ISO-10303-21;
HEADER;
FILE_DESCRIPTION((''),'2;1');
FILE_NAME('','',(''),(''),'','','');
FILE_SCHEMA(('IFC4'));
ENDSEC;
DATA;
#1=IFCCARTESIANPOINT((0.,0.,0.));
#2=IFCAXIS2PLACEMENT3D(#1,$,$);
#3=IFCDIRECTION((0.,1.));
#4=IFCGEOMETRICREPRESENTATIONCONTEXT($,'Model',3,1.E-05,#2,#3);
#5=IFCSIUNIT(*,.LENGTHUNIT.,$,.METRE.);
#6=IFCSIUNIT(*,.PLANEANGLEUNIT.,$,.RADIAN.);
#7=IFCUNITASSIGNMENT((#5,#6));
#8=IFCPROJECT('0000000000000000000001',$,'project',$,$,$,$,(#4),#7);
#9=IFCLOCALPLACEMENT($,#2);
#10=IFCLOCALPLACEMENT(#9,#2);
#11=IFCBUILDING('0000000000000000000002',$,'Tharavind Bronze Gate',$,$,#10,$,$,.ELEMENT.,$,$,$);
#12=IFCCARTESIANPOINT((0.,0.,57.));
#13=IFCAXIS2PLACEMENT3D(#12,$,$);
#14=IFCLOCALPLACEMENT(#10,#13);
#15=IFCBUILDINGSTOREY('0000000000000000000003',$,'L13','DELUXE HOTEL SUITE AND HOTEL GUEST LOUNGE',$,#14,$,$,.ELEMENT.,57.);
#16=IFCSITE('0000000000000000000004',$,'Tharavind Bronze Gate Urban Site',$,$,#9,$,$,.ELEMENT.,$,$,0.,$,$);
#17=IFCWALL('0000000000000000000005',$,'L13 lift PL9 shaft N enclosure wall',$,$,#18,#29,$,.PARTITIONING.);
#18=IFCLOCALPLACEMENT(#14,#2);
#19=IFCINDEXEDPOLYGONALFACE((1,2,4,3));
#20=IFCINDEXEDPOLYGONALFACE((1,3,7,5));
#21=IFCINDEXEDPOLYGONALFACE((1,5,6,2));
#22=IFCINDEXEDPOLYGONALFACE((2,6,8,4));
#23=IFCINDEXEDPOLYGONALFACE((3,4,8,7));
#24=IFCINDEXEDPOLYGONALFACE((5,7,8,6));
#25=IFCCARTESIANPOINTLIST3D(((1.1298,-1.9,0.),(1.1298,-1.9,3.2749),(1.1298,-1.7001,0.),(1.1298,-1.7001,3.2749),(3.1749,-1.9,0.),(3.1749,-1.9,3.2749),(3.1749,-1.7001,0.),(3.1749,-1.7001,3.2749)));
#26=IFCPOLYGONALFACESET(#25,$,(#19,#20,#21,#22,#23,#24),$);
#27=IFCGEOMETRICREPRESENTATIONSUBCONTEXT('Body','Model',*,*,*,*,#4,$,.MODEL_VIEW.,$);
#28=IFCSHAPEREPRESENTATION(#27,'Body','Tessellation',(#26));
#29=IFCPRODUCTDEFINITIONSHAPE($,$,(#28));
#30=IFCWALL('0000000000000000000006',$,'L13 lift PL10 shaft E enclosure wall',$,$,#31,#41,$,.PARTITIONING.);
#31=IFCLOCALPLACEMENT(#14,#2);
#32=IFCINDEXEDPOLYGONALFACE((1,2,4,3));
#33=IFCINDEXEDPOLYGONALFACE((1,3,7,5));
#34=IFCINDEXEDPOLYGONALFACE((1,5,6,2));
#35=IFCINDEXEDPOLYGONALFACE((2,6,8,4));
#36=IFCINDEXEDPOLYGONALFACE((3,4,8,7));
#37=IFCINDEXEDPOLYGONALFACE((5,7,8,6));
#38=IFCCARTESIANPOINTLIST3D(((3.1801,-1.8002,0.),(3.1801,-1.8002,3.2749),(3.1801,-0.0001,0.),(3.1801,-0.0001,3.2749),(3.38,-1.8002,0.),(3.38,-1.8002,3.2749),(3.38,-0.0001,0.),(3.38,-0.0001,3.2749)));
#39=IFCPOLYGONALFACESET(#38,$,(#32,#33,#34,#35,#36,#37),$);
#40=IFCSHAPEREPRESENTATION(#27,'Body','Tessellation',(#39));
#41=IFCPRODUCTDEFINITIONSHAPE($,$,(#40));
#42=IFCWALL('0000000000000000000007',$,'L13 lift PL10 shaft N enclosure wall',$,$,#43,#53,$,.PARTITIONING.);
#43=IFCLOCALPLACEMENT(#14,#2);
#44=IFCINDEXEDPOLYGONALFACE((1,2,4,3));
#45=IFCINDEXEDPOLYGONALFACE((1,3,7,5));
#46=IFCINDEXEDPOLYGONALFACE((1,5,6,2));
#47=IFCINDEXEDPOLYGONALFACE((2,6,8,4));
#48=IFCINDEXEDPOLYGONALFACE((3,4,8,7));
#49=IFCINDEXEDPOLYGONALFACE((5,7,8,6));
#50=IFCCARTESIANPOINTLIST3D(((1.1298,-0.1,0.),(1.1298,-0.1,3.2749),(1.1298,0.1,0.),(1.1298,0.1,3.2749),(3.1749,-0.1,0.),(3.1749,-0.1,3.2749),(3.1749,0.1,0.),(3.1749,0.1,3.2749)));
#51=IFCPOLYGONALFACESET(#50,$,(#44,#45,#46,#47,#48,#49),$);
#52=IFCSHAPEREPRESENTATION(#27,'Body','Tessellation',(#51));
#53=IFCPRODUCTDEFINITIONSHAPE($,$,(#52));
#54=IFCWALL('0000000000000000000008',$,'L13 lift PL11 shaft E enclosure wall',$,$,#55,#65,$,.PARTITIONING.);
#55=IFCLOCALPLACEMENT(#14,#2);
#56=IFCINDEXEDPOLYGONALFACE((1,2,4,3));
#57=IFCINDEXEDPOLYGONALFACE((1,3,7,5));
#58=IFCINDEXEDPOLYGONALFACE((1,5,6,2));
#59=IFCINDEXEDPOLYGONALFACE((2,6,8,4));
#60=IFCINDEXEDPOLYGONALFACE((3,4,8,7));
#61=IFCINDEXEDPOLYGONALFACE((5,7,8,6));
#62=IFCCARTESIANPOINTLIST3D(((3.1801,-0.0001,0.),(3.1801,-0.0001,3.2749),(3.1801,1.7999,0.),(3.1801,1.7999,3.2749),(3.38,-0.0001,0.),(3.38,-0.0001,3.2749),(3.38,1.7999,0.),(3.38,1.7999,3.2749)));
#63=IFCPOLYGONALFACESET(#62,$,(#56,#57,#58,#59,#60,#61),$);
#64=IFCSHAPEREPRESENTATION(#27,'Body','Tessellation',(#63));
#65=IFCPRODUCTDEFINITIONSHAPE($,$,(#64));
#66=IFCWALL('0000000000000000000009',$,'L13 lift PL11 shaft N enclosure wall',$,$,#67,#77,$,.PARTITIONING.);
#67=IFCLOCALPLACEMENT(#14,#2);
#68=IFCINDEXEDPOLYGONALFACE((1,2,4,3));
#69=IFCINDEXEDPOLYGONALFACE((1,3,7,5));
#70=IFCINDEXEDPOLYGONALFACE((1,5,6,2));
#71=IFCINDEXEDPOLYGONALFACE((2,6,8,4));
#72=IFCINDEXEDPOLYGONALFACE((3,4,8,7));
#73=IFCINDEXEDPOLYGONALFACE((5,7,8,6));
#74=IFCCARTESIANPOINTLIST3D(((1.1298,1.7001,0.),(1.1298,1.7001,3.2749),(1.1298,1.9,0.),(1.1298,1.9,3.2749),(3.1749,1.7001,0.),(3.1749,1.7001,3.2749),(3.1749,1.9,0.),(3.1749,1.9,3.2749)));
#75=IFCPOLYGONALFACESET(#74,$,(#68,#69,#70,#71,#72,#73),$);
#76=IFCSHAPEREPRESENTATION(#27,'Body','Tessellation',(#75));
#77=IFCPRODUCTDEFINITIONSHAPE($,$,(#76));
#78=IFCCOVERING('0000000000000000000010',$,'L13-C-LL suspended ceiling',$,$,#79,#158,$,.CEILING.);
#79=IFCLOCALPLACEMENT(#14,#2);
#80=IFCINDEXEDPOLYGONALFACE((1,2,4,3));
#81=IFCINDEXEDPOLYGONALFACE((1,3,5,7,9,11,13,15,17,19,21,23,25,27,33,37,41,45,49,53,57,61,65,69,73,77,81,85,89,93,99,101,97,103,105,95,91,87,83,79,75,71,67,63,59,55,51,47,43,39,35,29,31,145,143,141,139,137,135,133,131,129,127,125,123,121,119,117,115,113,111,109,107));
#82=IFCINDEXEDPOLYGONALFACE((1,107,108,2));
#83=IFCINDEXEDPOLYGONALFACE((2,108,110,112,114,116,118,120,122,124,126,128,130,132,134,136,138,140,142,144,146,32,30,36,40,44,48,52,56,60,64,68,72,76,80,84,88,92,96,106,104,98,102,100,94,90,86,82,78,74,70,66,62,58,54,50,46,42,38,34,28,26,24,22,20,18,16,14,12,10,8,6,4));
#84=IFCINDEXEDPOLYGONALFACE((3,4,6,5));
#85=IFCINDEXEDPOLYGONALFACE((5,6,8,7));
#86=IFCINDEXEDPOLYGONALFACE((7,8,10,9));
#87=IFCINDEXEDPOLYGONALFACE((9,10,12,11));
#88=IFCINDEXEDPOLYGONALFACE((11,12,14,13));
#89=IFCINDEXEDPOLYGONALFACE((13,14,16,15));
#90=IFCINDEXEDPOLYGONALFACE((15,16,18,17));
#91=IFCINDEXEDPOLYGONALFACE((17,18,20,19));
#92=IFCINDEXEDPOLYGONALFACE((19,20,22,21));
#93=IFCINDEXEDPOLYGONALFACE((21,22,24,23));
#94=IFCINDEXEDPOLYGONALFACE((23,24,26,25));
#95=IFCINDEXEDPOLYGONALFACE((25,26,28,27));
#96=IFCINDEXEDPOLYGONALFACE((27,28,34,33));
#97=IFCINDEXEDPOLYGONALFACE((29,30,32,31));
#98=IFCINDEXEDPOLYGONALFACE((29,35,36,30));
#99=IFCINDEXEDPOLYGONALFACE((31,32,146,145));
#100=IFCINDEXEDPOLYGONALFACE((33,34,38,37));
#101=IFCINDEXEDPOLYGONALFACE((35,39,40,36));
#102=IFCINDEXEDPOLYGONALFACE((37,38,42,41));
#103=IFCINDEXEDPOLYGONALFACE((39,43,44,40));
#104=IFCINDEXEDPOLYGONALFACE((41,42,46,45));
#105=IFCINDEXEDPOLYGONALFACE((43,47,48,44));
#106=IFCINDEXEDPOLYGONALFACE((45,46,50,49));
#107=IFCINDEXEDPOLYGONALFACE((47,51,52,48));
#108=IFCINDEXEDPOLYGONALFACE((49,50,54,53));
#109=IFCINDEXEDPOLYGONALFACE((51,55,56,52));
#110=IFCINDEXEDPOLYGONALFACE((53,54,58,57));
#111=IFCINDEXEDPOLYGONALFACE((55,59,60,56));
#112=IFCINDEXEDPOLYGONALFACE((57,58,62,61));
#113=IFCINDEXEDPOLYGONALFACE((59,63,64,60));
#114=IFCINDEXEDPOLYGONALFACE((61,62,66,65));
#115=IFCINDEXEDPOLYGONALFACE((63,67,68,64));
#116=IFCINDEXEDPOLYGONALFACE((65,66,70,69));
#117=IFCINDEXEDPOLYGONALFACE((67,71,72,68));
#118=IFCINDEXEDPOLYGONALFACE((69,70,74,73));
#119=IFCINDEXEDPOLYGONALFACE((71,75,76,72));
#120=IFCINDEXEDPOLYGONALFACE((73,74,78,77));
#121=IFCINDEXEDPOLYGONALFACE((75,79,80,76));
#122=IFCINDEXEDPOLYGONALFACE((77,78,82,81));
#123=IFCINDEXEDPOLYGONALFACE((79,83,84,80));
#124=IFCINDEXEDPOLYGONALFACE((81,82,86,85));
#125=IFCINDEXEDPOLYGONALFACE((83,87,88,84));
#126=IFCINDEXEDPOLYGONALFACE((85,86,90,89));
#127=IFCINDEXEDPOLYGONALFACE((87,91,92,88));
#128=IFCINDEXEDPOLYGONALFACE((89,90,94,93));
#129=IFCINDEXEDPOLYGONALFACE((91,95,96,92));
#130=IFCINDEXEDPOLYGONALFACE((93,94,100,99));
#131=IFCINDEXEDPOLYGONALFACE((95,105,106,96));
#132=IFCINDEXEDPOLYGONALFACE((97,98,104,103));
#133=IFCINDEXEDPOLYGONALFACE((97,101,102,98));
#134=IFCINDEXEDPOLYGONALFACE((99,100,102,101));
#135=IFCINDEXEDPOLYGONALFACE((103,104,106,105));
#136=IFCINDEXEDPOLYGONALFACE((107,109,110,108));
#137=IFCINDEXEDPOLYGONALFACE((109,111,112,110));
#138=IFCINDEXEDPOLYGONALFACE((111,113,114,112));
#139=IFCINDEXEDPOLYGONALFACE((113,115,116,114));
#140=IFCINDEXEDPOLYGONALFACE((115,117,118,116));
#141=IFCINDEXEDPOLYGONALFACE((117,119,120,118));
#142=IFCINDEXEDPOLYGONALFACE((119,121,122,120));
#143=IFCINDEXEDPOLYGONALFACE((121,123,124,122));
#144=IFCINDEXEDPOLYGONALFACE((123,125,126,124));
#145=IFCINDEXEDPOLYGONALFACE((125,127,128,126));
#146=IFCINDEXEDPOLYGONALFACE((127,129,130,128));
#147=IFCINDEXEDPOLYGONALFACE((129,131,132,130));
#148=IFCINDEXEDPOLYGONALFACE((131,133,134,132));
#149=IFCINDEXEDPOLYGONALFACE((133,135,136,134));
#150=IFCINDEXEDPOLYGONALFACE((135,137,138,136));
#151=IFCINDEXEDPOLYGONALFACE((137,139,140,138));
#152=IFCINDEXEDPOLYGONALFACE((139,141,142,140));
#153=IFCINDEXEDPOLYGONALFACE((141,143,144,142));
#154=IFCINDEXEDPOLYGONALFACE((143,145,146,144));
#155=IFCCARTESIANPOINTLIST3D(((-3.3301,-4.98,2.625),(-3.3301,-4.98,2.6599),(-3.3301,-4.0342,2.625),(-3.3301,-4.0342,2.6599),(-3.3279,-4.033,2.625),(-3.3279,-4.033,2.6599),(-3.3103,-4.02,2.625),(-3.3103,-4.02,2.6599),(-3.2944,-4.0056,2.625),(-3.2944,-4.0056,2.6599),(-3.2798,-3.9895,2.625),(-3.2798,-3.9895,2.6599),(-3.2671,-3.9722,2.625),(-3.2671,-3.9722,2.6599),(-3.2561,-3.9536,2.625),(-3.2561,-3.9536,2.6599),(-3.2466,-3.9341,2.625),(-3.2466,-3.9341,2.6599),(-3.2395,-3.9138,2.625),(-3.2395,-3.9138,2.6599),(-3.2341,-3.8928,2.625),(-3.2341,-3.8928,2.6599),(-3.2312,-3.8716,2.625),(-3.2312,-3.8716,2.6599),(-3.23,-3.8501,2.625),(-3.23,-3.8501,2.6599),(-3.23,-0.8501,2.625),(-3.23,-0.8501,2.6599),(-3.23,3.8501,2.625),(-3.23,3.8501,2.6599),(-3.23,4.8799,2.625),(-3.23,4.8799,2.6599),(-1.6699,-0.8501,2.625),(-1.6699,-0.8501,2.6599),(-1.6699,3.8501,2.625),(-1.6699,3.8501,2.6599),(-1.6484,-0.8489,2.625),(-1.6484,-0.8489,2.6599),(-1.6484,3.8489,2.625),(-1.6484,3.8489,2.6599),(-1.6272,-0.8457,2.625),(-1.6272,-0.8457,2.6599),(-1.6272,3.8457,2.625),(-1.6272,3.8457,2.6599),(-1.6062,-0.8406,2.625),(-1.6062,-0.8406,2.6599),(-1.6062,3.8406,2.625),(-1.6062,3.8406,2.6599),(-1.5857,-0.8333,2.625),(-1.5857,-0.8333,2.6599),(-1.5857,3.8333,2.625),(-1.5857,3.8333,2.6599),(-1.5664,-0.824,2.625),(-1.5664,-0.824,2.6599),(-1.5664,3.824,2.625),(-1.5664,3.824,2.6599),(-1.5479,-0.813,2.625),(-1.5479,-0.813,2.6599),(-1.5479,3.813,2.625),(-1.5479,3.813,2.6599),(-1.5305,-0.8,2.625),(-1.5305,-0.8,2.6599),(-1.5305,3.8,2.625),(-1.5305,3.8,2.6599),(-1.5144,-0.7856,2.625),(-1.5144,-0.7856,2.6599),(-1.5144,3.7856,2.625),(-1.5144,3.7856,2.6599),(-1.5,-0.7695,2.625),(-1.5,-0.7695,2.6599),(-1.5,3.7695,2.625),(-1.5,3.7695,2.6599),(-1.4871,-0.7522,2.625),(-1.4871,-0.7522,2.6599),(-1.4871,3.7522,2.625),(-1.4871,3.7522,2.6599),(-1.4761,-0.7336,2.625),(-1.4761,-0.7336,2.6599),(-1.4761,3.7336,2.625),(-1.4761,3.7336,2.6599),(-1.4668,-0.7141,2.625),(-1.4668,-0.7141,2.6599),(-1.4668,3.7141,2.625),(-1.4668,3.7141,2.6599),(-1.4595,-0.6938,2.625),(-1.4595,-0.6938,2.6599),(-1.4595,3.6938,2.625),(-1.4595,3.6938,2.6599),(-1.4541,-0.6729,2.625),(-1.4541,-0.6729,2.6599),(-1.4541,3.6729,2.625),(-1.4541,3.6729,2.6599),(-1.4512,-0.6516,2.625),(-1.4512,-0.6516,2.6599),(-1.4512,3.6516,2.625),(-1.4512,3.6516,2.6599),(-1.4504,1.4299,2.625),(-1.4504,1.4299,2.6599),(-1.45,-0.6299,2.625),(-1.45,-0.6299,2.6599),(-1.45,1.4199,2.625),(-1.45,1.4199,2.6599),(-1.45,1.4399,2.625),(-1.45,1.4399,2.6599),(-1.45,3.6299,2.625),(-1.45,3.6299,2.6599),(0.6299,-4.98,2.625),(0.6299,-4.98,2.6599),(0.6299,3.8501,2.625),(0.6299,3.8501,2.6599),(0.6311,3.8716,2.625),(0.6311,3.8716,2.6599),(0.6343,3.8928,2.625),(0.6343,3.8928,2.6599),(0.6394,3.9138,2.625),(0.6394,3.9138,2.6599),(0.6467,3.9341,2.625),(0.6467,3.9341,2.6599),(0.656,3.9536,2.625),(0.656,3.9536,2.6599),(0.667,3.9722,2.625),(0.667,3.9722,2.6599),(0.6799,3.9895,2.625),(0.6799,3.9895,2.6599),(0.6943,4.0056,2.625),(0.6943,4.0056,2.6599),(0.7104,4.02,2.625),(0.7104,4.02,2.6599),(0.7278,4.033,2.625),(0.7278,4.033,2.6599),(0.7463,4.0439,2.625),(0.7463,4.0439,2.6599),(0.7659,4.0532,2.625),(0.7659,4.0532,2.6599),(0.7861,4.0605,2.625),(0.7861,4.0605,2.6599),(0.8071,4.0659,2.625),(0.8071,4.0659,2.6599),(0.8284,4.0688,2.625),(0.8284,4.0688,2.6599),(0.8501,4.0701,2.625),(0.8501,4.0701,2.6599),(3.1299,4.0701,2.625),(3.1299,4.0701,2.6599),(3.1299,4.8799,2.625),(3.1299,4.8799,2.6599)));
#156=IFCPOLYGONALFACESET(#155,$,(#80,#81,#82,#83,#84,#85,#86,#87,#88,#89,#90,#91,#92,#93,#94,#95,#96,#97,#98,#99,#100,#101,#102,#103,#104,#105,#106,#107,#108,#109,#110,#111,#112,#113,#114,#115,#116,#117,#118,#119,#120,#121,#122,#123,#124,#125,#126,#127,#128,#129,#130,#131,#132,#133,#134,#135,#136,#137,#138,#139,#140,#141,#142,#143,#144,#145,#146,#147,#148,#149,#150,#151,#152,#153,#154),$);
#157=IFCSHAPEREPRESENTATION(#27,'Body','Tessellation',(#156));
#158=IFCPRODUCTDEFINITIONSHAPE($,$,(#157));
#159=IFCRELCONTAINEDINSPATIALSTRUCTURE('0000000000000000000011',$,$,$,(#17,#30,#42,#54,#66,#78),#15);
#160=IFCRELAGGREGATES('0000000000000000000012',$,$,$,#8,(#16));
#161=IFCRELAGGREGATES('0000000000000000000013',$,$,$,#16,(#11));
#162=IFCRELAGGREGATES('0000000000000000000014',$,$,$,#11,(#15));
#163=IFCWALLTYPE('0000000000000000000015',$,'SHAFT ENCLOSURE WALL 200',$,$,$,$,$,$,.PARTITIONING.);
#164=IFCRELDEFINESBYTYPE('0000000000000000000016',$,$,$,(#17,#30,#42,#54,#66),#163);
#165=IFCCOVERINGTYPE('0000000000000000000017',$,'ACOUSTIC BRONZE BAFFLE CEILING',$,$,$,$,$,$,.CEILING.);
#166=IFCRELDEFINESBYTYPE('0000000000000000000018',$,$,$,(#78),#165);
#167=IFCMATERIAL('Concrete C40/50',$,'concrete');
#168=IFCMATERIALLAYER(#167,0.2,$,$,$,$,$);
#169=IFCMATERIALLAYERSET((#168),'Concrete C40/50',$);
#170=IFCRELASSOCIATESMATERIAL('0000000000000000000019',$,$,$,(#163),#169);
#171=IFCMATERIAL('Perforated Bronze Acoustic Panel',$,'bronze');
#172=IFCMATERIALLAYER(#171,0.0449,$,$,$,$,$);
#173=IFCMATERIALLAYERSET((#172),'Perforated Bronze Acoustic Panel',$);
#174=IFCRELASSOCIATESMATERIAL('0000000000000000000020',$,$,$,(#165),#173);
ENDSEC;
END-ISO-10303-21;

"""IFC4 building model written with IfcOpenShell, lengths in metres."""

from ifc_helpers import new_model, si_unit, direction, frame, frame_2d, origin, place, context, subcontext, project, spatial, polyline, rectangle, outline, extrude, material, layer, layer_set, type_object, element, save


model = new_model("IFC4")

# Units and contexts
model_context = context("Model", 3, precision=1e-05, world=origin(), true_north=direction((0.0, 1.0)))
body_context = subcontext(model_context, "Body", "Model", "MODEL_VIEW")
ifc_project = project(units=[si_unit("LENGTHUNIT", "METRE"), si_unit("PLANEANGLEUNIT", "RADIAN")], contexts=[model_context])

# Site, building, storey
site_placement = place(None, origin())
site = spatial("IfcSite", under=ifc_project, at=site_placement, Name="Tharavind Bronze Gate Urban Site", CompositionType="ELEMENT", RefElevation=0.0)
building_placement = place(site_placement, origin())
building = spatial("IfcBuilding", under=site, at=building_placement, Name="Tharavind Bronze Gate", CompositionType="ELEMENT")
storey_placement = place(building_placement, frame((0.0, 0.0, 57.0)))
storey = spatial("IfcBuildingStorey", under=building, at=storey_placement, Name="L13", Description="DELUXE HOTEL SUITE AND HOTEL GUEST LOUNGE", CompositionType="ELEMENT", Elevation=57.0)

# Shared definitions
ifc_material_1 = material(Name="Concrete C40/50", Category="concrete")

# Walls
ifc_layer_1 = layer(ifc_material_1, 0.2)
ifc_layer_set_1 = layer_set([ifc_layer_1], Name="Concrete C40/50")
wall_type_1 = type_object("IfcWallType", Name="SHAFT ENCLOSURE WALL 200", PredefinedType="PARTITIONING", material=ifc_layer_set_1)
wall_1_placement = place(storey_placement, frame((1.1299, -1.8, 0.0), z_axis=(0.0, 0.0, 1.0), x_axis=(1.0, 0.0, 0.0)))
element("IfcWall", 1, at=wall_1_placement, inside=storey, type_object=wall_type_1, Name="L13 lift PL9 shaft N enclosure wall", PredefinedType="PARTITIONING", context=body_context, shape_type="SweptSolid", body=[
    extrude(rectangle(XDim=2.0452, YDim=0.2, at=frame_2d((1.0225, 0.0))), origin(), (0.0, 0.0, 1.0), 3.2749),
])
wall_2_placement = place(storey_placement, frame((3.28, -1.8, 0.0), z_axis=(0.0, 0.0, 1.0), x_axis=(0.0, 1.0, 0.0)))
element("IfcWall", 2, at=wall_2_placement, inside=storey, type_object=wall_type_1, Name="L13 lift PL10 shaft E enclosure wall", PredefinedType="PARTITIONING", context=body_context, shape_type="SweptSolid", body=[
    extrude(rectangle(XDim=1.8, YDim=0.2, at=frame_2d((0.8999, 0.0))), origin(), (0.0, 0.0, 1.0), 3.2749),
])
wall_3_placement = place(storey_placement, frame((1.1299, 0.0, 0.0), z_axis=(0.0, 0.0, 1.0), x_axis=(1.0, 0.0, 0.0)))
element("IfcWall", 3, at=wall_3_placement, inside=storey, type_object=wall_type_1, Name="L13 lift PL10 shaft N enclosure wall", PredefinedType="PARTITIONING", context=body_context, shape_type="SweptSolid", body=[
    extrude(rectangle(XDim=2.0452, YDim=0.2, at=frame_2d((1.0225, 0.0))), origin(), (0.0, 0.0, 1.0), 3.2749),
])
wall_4_placement = place(storey_placement, frame((3.28, 0.0, 0.0), z_axis=(0.0, 0.0, 1.0), x_axis=(0.0, 1.0, 0.0)))
element("IfcWall", 4, at=wall_4_placement, inside=storey, type_object=wall_type_1, Name="L13 lift PL11 shaft E enclosure wall", PredefinedType="PARTITIONING", context=body_context, shape_type="SweptSolid", body=[
    extrude(rectangle(XDim=1.8, YDim=0.2, at=frame_2d((0.8999, 0.0))), origin(), (0.0, 0.0, 1.0), 3.2749),
])
wall_5_placement = place(storey_placement, frame((1.1299, 1.8, 0.0), z_axis=(0.0, 0.0, 1.0), x_axis=(1.0, 0.0, 0.0)))
element("IfcWall", 5, at=wall_5_placement, inside=storey, type_object=wall_type_1, Name="L13 lift PL11 shaft N enclosure wall", PredefinedType="PARTITIONING", context=body_context, shape_type="SweptSolid", body=[
    extrude(rectangle(XDim=2.0452, YDim=0.2, at=frame_2d((1.0225, 0.0))), origin(), (0.0, 0.0, 1.0), 3.2749),
])

# Covering
ifc_material_2 = material(Name="Perforated Bronze Acoustic Panel", Category="bronze")
ifc_layer_2 = layer(ifc_material_2, 0.0449)
ifc_layer_set_2 = layer_set([ifc_layer_2], Name="Perforated Bronze Acoustic Panel")
covering_type_1 = type_object("IfcCoveringType", Name="ACOUSTIC BRONZE BAFFLE CEILING", PredefinedType="CEILING", material=ifc_layer_set_2)
covering_1_placement = place(storey_placement, frame((0.0, 0.0, 2.625)))
element("IfcCovering", 6, at=covering_1_placement, inside=storey, type_object=covering_type_1, Name="L13-C-LL suspended ceiling", PredefinedType="CEILING", context=body_context, shape_type="SweptSolid", body=[
    extrude(outline(polyline([(-3.3301, -4.98), (0.6299, -4.98), (0.6299, 3.8501), (0.6311, 3.8716), (0.6343, 3.8928), (0.6394, 3.9138), (0.6467, 3.9341), (0.656, 3.9536), (0.667, 3.9722), (0.6799, 3.9895), (0.6943, 4.0056), (0.7104, 4.02), (0.7278, 4.033), (0.7463, 4.0439), (0.7659, 4.0532), (0.7861, 4.0605), (0.8071, 4.0659), (0.8284, 4.0688), (0.8501, 4.0701), (3.1299, 4.0701), (3.1299, 4.8799), (-3.23, 4.8799), (-3.23, 3.8501), (-1.6699, 3.8501), (-1.6484, 3.8489), (-1.6272, 3.8457), (-1.6062, 3.8406), (-1.5857, 3.8333), (-1.5664, 3.824), (-1.5479, 3.813), (-1.5305, 3.8), (-1.5144, 3.7856), (-1.5, 3.7695), (-1.4871, 3.7522), (-1.4761, 3.7336), (-1.4668, 3.7141), (-1.4595, 3.6938), (-1.4541, 3.6729), (-1.4512, 3.6516), (-1.45, 3.6299), (-1.45, 1.4399), (-1.4504, 1.4299), (-1.45, 1.4199), (-1.45, -0.6299), (-1.4512, -0.6516), (-1.4541, -0.6729), (-1.4595, -0.6938), (-1.4668, -0.7141), (-1.4761, -0.7336), (-1.4871, -0.7522), (-1.5, -0.7695), (-1.5144, -0.7856), (-1.5305, -0.8), (-1.5479, -0.813), (-1.5664, -0.824), (-1.5857, -0.8333), (-1.6062, -0.8406), (-1.6272, -0.8457), (-1.6484, -0.8489), (-1.6699, -0.8501), (-3.23, -0.8501), (-3.23, -3.8501), (-3.2312, -3.8716), (-3.2341, -3.8928), (-3.2395, -3.9138), (-3.2466, -3.9341), (-3.2561, -3.9536), (-3.2671, -3.9722), (-3.2798, -3.9895), (-3.2944, -4.0056), (-3.3103, -4.02), (-3.3279, -4.033), (-3.3301, -4.0342), (-3.3301, -4.98)])), origin(), (0.0, 0.0, 1.0), 0.0349),
])

save(model, "model.ifc")
